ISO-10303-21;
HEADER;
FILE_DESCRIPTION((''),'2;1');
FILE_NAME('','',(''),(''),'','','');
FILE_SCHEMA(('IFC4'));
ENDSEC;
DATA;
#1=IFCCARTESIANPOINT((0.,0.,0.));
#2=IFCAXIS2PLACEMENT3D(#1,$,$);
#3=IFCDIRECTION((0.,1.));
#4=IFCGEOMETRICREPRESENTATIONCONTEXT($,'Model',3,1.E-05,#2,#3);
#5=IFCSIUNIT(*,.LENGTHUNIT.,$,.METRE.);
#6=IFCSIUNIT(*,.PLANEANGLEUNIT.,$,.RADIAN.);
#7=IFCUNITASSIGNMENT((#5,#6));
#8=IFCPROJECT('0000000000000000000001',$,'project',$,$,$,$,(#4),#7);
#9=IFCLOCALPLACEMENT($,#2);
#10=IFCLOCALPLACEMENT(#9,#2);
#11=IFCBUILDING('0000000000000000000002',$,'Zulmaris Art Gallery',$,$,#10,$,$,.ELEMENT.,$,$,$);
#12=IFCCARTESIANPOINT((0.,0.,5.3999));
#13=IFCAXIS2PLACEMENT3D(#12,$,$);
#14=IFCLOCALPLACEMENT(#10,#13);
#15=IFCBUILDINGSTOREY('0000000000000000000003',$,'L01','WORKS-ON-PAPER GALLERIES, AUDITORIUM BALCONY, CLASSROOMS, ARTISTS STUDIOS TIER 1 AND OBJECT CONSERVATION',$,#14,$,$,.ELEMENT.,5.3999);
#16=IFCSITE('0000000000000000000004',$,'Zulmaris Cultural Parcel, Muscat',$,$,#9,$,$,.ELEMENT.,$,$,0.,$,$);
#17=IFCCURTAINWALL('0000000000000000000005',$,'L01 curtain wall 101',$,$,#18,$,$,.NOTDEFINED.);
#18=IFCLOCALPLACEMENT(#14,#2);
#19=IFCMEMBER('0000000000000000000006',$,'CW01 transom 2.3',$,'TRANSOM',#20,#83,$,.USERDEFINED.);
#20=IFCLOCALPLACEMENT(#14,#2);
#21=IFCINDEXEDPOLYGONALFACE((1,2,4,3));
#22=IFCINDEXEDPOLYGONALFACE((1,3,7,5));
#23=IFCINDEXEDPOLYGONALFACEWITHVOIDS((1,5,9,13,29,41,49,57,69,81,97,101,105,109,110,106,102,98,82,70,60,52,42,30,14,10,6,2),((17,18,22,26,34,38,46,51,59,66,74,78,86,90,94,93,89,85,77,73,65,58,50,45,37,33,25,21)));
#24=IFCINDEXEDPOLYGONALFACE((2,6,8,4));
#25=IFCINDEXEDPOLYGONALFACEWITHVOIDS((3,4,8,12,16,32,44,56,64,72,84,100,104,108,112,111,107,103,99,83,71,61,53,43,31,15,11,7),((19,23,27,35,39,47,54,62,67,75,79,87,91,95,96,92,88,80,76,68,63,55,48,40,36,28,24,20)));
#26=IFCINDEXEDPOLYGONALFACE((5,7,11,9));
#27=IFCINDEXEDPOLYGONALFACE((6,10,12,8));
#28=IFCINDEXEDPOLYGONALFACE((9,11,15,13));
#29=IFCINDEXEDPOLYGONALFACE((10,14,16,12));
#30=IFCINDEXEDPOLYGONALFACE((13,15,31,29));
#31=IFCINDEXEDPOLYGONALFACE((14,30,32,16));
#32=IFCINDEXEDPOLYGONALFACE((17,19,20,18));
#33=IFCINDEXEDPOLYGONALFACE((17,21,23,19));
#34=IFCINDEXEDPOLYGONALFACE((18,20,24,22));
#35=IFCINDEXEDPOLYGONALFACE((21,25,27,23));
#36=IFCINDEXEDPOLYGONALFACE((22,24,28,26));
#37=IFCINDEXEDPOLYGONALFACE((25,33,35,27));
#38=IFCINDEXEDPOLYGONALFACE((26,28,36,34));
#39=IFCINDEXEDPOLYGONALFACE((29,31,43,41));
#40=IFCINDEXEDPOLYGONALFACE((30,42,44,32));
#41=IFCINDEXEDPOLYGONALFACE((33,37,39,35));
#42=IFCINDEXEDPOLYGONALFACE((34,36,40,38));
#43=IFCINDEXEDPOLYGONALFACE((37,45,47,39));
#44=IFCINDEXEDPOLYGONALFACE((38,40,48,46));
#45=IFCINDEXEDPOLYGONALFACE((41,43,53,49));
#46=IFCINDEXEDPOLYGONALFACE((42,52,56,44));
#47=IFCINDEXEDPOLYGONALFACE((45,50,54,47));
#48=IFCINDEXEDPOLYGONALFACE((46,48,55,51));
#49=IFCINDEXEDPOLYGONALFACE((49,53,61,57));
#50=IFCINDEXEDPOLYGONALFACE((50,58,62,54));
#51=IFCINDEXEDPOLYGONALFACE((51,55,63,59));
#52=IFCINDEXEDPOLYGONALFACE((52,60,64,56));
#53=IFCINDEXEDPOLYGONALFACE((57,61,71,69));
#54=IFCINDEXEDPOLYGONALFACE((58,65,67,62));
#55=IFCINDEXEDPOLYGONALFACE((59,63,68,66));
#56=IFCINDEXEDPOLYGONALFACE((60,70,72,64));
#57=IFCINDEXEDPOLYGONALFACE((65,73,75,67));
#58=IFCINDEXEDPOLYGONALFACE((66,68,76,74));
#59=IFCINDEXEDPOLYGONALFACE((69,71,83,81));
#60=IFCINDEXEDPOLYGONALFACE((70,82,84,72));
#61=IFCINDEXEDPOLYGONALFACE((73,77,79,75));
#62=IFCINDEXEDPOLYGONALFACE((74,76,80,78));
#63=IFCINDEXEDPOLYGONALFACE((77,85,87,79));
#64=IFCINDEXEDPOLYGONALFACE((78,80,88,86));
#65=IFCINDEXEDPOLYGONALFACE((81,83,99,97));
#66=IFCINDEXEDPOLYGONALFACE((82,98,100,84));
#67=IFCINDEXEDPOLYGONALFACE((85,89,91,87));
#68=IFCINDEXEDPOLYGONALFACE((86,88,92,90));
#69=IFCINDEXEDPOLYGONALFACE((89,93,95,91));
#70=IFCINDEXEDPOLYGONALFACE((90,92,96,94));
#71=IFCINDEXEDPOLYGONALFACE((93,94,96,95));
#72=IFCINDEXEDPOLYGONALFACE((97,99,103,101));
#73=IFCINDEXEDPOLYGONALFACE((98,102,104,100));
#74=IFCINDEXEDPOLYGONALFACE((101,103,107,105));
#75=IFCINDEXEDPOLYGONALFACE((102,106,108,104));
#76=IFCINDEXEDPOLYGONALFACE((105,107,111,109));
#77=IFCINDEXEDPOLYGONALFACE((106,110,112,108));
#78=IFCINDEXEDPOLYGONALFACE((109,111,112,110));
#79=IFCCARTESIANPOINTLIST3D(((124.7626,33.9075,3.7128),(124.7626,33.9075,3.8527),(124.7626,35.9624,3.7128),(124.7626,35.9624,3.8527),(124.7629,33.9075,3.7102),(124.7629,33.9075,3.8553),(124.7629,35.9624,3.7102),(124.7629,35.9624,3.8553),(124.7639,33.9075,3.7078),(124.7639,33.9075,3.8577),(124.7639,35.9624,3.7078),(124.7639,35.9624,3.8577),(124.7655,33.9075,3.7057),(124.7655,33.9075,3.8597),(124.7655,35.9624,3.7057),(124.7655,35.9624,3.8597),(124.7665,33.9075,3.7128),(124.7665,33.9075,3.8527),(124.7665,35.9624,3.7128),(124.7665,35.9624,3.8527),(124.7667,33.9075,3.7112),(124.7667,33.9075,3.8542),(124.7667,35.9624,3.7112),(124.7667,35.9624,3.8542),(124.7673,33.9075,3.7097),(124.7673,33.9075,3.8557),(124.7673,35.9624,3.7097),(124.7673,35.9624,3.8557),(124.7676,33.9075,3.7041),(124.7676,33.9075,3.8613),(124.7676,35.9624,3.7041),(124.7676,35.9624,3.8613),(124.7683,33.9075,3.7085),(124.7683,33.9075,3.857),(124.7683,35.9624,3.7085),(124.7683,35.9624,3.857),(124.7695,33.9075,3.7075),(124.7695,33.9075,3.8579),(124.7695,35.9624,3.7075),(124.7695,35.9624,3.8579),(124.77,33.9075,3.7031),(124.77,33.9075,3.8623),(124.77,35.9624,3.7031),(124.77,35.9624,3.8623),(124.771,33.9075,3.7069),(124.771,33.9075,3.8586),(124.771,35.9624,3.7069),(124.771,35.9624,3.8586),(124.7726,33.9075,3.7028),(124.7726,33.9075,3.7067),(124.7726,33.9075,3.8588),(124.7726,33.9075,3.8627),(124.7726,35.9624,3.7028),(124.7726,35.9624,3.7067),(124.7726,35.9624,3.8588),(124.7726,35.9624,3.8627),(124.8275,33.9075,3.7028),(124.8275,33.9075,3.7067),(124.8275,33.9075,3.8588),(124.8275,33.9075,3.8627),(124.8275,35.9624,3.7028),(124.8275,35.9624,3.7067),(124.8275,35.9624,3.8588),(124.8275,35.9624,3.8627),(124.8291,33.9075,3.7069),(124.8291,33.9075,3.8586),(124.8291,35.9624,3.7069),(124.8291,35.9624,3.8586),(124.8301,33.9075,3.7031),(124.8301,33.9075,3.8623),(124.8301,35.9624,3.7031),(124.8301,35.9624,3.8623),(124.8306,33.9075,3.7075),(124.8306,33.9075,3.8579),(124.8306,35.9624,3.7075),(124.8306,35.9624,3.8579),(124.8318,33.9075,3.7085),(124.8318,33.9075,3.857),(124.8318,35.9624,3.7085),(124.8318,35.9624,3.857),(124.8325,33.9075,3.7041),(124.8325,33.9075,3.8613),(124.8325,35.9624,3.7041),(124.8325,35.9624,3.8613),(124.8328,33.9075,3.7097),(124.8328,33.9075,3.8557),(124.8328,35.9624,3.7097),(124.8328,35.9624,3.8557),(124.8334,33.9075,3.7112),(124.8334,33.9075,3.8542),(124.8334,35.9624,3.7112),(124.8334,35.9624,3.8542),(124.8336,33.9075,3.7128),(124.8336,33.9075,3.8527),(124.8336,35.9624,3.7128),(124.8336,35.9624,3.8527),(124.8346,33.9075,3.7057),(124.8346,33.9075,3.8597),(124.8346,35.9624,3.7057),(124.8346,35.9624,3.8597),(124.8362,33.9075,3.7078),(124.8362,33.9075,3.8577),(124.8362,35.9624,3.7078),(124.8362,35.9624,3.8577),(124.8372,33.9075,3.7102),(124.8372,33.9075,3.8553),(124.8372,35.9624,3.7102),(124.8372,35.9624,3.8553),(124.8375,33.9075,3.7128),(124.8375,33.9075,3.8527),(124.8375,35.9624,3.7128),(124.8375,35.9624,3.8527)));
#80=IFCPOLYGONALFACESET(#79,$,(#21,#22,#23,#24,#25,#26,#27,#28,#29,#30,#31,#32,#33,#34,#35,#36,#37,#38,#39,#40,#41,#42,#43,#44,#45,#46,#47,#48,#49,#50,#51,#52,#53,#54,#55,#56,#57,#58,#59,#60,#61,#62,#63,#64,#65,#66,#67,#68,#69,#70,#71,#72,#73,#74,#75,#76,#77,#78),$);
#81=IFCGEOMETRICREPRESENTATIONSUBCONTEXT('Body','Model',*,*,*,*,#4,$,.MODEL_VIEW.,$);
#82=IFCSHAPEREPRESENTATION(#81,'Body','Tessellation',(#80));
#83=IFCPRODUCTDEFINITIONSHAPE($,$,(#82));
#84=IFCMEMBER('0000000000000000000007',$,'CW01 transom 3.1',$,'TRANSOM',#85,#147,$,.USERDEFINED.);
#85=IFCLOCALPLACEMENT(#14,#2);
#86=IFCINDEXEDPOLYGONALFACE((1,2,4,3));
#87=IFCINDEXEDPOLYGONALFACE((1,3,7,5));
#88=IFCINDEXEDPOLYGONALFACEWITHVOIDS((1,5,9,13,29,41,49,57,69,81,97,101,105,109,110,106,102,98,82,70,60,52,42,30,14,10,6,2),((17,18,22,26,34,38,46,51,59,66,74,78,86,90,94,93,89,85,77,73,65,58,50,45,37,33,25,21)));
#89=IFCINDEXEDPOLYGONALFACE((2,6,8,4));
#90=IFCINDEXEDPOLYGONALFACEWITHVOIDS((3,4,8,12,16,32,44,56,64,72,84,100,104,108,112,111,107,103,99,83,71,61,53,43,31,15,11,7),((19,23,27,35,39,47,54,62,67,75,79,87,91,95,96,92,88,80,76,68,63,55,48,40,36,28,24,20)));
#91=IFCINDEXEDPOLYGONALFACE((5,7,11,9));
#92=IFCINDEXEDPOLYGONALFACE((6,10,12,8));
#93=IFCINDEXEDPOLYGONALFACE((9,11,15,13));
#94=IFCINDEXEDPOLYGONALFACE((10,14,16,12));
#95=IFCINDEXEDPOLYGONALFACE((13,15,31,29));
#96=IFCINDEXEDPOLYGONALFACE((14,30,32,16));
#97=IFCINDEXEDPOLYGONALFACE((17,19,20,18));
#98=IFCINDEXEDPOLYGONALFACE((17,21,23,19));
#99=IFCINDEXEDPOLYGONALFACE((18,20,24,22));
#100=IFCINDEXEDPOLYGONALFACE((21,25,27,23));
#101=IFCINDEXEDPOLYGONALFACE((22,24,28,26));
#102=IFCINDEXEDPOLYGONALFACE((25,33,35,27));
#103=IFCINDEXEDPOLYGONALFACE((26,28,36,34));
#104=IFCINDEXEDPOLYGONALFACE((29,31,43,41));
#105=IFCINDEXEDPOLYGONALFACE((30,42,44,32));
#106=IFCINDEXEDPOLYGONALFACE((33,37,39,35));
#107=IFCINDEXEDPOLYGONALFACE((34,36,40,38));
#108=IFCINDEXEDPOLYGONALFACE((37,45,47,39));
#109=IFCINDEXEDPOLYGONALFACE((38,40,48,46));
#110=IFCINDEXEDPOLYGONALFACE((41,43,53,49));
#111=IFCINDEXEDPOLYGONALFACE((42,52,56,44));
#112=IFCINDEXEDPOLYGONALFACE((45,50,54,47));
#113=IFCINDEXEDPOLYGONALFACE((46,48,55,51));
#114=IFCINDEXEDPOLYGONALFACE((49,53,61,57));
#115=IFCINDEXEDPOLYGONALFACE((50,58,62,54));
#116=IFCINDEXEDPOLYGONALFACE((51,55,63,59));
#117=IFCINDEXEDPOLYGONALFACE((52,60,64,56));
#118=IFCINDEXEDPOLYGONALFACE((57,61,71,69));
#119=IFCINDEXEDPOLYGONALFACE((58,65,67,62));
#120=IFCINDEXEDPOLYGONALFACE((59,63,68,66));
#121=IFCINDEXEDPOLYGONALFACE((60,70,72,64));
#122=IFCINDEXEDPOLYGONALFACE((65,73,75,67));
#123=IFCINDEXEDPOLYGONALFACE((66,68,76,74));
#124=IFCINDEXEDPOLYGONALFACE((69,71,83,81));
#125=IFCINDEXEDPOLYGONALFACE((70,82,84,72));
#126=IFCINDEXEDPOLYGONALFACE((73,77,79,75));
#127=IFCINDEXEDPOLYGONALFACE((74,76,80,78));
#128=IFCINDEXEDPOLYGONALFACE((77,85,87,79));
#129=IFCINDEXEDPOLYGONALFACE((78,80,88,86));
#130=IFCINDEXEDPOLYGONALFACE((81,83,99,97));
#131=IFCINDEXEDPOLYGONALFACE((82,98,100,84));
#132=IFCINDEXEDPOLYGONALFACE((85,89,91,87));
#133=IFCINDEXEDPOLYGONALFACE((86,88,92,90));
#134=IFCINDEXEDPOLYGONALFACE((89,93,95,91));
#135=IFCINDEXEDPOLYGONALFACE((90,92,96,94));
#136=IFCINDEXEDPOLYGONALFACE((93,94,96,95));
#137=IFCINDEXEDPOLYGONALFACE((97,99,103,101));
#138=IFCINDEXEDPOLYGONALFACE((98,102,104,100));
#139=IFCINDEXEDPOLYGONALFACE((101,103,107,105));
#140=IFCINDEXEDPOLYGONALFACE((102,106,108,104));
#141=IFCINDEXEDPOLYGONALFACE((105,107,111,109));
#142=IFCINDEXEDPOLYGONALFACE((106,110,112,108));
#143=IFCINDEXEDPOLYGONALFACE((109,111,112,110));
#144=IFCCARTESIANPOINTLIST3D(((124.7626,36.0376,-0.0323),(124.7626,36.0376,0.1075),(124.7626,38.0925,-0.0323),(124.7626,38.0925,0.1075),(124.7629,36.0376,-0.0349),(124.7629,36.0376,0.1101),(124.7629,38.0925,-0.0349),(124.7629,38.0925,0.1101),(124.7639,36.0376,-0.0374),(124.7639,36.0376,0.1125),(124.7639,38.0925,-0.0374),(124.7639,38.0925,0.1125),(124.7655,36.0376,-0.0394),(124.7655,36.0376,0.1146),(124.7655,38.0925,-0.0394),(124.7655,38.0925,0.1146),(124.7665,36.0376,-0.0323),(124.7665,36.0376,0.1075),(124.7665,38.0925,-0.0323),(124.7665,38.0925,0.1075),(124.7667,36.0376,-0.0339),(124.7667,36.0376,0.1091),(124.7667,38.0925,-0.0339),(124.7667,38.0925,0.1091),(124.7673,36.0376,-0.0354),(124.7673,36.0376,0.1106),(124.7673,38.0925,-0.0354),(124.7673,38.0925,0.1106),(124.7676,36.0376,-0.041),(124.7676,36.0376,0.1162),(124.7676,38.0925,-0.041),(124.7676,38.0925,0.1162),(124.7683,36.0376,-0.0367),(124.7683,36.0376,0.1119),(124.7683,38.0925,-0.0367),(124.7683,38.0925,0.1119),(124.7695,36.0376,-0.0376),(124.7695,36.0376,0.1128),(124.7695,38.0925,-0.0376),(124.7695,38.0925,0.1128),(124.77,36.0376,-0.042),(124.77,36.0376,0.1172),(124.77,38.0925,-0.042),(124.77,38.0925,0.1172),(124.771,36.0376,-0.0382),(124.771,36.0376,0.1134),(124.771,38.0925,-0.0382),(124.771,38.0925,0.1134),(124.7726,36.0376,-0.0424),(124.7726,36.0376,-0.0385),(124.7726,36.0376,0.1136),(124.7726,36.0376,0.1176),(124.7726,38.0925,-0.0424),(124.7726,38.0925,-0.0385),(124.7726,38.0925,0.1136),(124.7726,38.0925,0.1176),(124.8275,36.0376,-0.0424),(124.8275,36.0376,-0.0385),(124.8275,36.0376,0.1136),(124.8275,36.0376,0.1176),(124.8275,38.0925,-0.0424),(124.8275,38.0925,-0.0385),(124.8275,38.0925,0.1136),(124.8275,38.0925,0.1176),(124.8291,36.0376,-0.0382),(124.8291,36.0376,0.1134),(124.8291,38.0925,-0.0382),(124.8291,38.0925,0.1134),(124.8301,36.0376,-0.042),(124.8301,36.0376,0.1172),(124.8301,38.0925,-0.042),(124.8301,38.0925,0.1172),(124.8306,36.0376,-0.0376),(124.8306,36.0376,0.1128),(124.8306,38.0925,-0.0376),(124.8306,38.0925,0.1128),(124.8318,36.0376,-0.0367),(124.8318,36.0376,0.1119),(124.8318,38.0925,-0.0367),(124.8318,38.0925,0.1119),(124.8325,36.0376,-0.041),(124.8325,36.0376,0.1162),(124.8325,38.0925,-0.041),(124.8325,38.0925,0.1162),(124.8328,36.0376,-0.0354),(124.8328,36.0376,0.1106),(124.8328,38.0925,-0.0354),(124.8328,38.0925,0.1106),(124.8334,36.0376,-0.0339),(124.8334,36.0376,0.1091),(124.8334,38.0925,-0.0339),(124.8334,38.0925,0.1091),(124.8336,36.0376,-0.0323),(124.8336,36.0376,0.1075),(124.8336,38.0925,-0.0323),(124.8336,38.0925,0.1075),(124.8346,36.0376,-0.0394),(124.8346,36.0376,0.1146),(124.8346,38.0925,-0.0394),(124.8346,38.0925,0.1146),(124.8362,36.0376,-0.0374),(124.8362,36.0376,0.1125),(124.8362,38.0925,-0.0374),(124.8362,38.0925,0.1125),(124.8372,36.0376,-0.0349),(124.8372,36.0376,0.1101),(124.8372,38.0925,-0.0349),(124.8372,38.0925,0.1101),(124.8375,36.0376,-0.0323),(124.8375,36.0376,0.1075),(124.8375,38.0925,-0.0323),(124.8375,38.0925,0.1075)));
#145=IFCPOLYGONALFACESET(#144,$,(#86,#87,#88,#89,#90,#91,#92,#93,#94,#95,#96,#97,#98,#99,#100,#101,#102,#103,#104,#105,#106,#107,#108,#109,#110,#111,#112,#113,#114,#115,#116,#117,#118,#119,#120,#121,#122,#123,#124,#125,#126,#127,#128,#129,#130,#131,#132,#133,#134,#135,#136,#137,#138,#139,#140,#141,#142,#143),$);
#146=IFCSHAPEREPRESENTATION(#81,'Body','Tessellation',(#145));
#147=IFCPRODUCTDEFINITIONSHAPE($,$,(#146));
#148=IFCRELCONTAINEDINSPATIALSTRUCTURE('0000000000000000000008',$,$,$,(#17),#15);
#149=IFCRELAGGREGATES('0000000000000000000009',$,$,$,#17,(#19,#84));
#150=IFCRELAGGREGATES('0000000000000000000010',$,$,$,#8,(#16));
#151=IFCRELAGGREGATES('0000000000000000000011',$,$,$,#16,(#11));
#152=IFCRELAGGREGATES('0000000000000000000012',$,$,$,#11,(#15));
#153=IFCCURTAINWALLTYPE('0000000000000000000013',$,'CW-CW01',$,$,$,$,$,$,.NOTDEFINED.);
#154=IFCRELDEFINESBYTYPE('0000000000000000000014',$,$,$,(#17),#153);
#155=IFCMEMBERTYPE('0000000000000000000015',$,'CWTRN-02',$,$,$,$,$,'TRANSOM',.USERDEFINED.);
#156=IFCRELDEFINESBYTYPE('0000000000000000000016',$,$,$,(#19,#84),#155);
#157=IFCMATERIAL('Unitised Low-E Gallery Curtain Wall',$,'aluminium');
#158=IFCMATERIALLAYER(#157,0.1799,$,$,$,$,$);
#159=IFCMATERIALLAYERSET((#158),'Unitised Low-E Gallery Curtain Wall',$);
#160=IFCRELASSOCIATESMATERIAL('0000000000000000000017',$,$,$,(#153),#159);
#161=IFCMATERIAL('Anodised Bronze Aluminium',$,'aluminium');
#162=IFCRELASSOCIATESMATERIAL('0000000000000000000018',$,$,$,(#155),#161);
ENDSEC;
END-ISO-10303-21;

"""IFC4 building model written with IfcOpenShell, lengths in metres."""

from ifc_helpers import new_model, si_unit, direction, frame, origin, origin_2d, place, context, subcontext, project, spatial, hollow_rectangle, extrude, material, layer, layer_set, material_profile, profile_set, type_object, element, aggregate, save


model = new_model("IFC4")

# Units and contexts
model_context = context("Model", 3, precision=1e-05, world=origin(), true_north=direction((0.0, 1.0)))
body_context = subcontext(model_context, "Body", "Model", "MODEL_VIEW")
ifc_project = project(units=[si_unit("LENGTHUNIT", "METRE"), si_unit("PLANEANGLEUNIT", "RADIAN")], contexts=[model_context])

# Site, building, storey
site_placement = place(None, origin())
site = spatial("IfcSite", under=ifc_project, at=site_placement, Name="Zulmaris Cultural Parcel, Muscat", CompositionType="ELEMENT", RefElevation=0.0)
building_placement = place(site_placement, origin())
building = spatial("IfcBuilding", under=site, at=building_placement, Name="Zulmaris Art Gallery", CompositionType="ELEMENT")
storey_placement = place(building_placement, frame((0.0, 0.0, 5.3999)))
storey = spatial("IfcBuildingStorey", under=building, at=storey_placement, Name="L01", Description="WORKS-ON-PAPER GALLERIES, AUDITORIUM BALCONY, CLASSROOMS, ARTISTS STUDIOS TIER 1 AND OBJECT CONSERVATION", CompositionType="ELEMENT", Elevation=5.3999)

# Curtain wall, members
ifc_material_1 = material(Name="Unitised Low-E Gallery Curtain Wall", Category="aluminium")
ifc_layer_1 = layer(ifc_material_1, 0.1799)
ifc_layer_set_1 = layer_set([ifc_layer_1], Name="Unitised Low-E Gallery Curtain Wall")
curtain_wall_type = type_object("IfcCurtainWallType", Name="CW-CW01", PredefinedType="NOTDEFINED", material=ifc_layer_set_1)
curtain_wall_placement = place(storey_placement, origin())
curtain_wall = element("IfcCurtainWall", 1, at=curtain_wall_placement, inside=storey, type_object=curtain_wall_type, Name="L01 curtain wall 101", PredefinedType="NOTDEFINED")
ifc_material_2 = material(Name="Anodised Bronze Aluminium", Category="aluminium")
ifc_material_profile_1 = material_profile(ifc_material_2, hollow_rectangle(XDim=0.075, YDim=0.1599, WallThickness=0.0039, InnerFilletRadius=0.0061, OuterFilletRadius=0.01, at=origin_2d()), Name="ALU 75x160x4")
ifc_profile_set_1 = profile_set([ifc_material_profile_1], Name="Anodised Bronze Aluminium")
member_type_1 = type_object("IfcMemberType", Name="CWTRN-02", ElementType="TRANSOM", PredefinedType="USERDEFINED", material=ifc_profile_set_1)
member_1_placement = place(storey_placement, frame((124.8, 33.9075, 3.7827), z_axis=(0.0, 1.0, 0.0), x_axis=(-1.0, 0.0, 0.0)))
member_1 = element("IfcMember", 2, at=member_1_placement, type_object=member_type_1, Name="CW01 transom 2.3", ObjectType="TRANSOM", PredefinedType="USERDEFINED", context=body_context, shape_type="SweptSolid", body=[
    extrude(hollow_rectangle(XDim=0.075, YDim=0.1599, WallThickness=0.0039, InnerFilletRadius=0.0061, OuterFilletRadius=0.01, at=origin_2d()), origin(), (0.0, 0.0, 1.0), 2.0549),
])
member_2_placement = place(storey_placement, frame((124.8, 36.0376, 0.0376), z_axis=(0.0, 1.0, 0.0), x_axis=(-1.0, 0.0, 0.0)))
member_2 = element("IfcMember", 3, at=member_2_placement, type_object=member_type_1, Name="CW01 transom 3.1", ObjectType="TRANSOM", PredefinedType="USERDEFINED", context=body_context, shape_type="SweptSolid", body=[
    extrude(hollow_rectangle(XDim=0.075, YDim=0.1599, WallThickness=0.0039, InnerFilletRadius=0.0061, OuterFilletRadius=0.01, at=origin_2d()), origin(), (0.0, 0.0, 1.0), 2.0549),
])
aggregate(curtain_wall, [member_1, member_2])

save(model, "model.ifc")
